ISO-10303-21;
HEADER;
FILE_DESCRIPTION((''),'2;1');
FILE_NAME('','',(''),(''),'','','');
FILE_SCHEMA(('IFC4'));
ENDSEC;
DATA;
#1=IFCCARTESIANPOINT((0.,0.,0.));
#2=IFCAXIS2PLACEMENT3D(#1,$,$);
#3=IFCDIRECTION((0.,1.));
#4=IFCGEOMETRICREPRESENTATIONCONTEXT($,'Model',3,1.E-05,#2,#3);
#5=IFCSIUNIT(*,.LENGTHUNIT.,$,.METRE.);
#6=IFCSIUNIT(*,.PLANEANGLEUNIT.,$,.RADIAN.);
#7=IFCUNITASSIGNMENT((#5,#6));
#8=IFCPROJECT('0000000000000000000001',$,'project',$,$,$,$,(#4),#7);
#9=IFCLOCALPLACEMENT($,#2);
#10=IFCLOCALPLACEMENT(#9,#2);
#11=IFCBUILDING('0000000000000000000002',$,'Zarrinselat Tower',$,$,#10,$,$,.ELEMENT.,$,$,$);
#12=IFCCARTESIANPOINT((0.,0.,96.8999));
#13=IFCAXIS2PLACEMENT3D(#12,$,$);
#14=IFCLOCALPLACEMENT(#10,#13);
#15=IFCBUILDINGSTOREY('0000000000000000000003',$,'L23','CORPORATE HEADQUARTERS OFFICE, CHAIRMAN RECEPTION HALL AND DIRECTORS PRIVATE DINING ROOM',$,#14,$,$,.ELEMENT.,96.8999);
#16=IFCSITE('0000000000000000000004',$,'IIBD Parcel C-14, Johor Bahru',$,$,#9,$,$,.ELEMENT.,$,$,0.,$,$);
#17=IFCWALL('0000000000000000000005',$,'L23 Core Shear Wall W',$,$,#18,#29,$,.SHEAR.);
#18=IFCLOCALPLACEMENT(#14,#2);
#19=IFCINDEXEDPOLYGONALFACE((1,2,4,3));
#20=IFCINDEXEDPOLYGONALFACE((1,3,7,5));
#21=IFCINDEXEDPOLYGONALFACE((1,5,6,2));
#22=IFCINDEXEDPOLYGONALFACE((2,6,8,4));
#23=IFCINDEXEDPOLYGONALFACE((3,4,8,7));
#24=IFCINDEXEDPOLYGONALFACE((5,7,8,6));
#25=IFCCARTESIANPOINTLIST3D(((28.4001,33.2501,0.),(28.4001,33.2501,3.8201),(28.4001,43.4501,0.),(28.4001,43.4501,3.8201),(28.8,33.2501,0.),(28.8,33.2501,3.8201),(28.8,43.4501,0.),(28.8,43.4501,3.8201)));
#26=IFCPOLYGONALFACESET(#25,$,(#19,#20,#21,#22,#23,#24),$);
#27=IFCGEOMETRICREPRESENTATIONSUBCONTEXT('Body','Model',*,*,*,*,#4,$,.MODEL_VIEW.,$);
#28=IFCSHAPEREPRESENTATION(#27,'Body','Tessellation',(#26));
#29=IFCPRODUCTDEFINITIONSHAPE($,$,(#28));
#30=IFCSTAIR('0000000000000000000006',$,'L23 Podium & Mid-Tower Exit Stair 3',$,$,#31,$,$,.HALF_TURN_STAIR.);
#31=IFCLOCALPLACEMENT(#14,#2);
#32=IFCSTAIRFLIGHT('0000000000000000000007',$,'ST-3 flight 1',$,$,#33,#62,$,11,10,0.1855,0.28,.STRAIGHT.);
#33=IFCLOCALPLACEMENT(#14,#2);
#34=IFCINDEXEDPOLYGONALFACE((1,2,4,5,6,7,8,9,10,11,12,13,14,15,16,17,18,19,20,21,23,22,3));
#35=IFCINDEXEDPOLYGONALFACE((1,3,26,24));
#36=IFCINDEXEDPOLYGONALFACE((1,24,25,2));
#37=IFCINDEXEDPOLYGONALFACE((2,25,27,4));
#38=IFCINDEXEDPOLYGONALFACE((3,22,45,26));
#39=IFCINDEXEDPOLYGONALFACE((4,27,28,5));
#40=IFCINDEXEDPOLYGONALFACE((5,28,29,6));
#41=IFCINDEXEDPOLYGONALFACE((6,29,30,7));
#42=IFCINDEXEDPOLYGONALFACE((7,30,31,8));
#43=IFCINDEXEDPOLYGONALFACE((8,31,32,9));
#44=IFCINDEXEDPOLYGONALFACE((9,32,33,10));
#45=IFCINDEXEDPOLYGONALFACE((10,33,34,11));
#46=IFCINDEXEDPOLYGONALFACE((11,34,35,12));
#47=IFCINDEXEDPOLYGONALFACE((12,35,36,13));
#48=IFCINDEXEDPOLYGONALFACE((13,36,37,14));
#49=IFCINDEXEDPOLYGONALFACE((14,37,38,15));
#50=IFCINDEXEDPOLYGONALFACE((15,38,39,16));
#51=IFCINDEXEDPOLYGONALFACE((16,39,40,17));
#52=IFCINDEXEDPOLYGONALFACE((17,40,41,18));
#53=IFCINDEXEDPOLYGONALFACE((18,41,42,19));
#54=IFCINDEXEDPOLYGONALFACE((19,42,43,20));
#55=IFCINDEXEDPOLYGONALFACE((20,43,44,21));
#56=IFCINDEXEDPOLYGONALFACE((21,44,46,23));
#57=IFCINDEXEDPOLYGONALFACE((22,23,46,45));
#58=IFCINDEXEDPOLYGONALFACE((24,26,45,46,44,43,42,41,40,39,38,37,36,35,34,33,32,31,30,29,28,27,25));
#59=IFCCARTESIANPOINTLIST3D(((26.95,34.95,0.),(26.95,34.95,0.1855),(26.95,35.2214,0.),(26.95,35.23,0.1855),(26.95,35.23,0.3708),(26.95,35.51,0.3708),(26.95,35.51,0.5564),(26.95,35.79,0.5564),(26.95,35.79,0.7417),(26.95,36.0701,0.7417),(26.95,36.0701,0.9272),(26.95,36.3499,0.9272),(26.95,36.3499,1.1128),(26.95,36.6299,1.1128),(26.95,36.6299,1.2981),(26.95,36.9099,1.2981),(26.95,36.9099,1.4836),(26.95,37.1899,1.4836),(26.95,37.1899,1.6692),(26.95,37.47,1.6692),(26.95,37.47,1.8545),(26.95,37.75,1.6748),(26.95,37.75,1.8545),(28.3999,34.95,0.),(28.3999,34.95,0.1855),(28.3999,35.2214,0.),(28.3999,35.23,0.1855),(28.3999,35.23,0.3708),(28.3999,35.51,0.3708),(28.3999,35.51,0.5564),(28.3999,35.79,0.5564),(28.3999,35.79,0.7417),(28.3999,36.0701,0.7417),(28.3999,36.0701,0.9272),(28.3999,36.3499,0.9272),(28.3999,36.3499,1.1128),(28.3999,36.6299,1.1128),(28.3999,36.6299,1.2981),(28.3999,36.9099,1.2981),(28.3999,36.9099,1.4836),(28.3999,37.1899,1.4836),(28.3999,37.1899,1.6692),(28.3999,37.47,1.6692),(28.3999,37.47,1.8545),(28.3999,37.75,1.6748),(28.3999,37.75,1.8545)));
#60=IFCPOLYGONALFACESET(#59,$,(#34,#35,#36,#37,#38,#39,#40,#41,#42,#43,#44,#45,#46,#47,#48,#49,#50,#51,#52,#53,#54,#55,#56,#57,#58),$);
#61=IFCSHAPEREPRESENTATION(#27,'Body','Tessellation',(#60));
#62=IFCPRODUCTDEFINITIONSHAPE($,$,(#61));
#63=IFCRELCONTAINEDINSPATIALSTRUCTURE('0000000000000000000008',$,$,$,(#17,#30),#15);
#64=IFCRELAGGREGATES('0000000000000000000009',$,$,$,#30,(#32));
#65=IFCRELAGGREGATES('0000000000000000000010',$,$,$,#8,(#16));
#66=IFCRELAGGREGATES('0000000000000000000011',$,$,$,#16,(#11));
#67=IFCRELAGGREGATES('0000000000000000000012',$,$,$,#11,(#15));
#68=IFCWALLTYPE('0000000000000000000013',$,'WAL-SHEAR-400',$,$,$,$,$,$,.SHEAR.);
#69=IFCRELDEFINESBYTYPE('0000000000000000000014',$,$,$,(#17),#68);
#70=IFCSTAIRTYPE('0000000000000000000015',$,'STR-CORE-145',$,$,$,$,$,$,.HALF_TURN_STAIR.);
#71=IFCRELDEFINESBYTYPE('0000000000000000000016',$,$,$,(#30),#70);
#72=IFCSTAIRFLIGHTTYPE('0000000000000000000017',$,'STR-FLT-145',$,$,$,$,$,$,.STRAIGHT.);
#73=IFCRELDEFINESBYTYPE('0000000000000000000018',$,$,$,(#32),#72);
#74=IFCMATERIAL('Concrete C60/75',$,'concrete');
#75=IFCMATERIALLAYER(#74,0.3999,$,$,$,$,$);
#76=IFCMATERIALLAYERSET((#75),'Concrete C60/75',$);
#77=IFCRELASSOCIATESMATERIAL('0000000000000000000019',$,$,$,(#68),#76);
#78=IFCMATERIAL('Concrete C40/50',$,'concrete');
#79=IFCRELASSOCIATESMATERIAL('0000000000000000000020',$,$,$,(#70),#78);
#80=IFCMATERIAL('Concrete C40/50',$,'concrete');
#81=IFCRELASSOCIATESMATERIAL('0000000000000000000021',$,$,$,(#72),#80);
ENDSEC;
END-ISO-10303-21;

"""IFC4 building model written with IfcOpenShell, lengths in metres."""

from ifc_helpers import new_model, si_unit, direction, frame, frame_2d, origin, place, context, subcontext, project, spatial, polyline, rectangle, outline, extrude, material, layer, layer_set, type_object, element, aggregate, save


model = new_model("IFC4")

# Units and contexts
model_context = context("Model", 3, precision=1e-05, world=origin(), true_north=direction((0.0, 1.0)))
body_context = subcontext(model_context, "Body", "Model", "MODEL_VIEW")
ifc_project = project(units=[si_unit("LENGTHUNIT", "METRE"), si_unit("PLANEANGLEUNIT", "RADIAN")], contexts=[model_context])

# Site, building, storey
site_placement = place(None, origin())
site = spatial("IfcSite", under=ifc_project, at=site_placement, Name="IIBD Parcel C-14, Johor Bahru", CompositionType="ELEMENT", RefElevation=0.0)
building_placement = place(site_placement, origin())
building = spatial("IfcBuilding", under=site, at=building_placement, Name="Zarrinselat Tower", CompositionType="ELEMENT")
storey_placement = place(building_placement, frame((0.0, 0.0, 96.8999)))
storey = spatial("IfcBuildingStorey", under=building, at=storey_placement, Name="L23", Description="CORPORATE HEADQUARTERS OFFICE, CHAIRMAN RECEPTION HALL AND DIRECTORS PRIVATE DINING ROOM", CompositionType="ELEMENT", Elevation=96.8999)

# Shared definitions
ifc_material_1 = material(Name="Concrete C60/75", Category="concrete")
ifc_layer_1 = layer(ifc_material_1, 0.3999)
ifc_layer_set_1 = layer_set([ifc_layer_1], Name="Concrete C60/75")
wall_type_1 = type_object("IfcWallType", Name="WAL-SHEAR-400", PredefinedType="SHEAR", material=ifc_layer_set_1)

# Wall
wall_1_placement = place(storey_placement, frame((28.6001, 33.25, 0.0), z_axis=(0.0, 0.0, 1.0), x_axis=(0.0, 1.0, 0.0)))
element("IfcWall", 1, at=wall_1_placement, inside=storey, type_object=wall_type_1, Name="L23 Core Shear Wall W", PredefinedType="SHEAR", context=body_context, shape_type="SweptSolid", body=[
    extrude(rectangle(XDim=10.2, YDim=0.3999, at=frame_2d((5.1001, 0.0))), origin(), (0.0, 0.0, 1.0), 3.8201),
])

# Stair, stair flight
ifc_material_2 = material(Name="Concrete C40/50", Category="concrete")
stair_type = type_object("IfcStairType", Name="STR-CORE-145", PredefinedType="HALF_TURN_STAIR", material=ifc_material_2)
stair_placement = place(storey_placement, origin())
stair = element("IfcStair", 2, at=stair_placement, inside=storey, type_object=stair_type, Name="L23 Podium & Mid-Tower Exit Stair 3", PredefinedType="HALF_TURN_STAIR")
ifc_material_3 = material(Name="Concrete C40/50", Category="concrete")
stair_flight_type = type_object("IfcStairFlightType", Name="STR-FLT-145", PredefinedType="STRAIGHT", material=ifc_material_3)
stair_flight_placement = place(storey_placement, frame((27.675, 34.95, 0.0), z_axis=(0.0, 0.0, 1.0), x_axis=(0.0, 1.0, 0.0)))
stair_flight = element("IfcStairFlight", 3, at=stair_flight_placement, type_object=stair_flight_type, Name="ST-3 flight 1", NumberOfRisers=11, NumberOfTreads=10, PredefinedType="STRAIGHT", RiserHeight=0.1855, TreadLength=0.28, context=body_context, shape_type="SweptSolid", body=[
    extrude(outline(polyline([(0.0, 0.0), (0.0, 0.1855), (0.28, 0.1855), (0.28, 0.3708), (0.5601, 0.3708), (0.5601, 0.5564), (0.8401, 0.5564), (0.8401, 0.7417), (1.1201, 0.7417), (1.1201, 0.9272), (1.3999, 0.9272), (1.3999, 1.1128), (1.6799, 1.1128), (1.6799, 1.2981), (1.96, 1.2981), (1.96, 1.4836), (2.24, 1.4836), (2.24, 1.6692), (2.52, 1.6692), (2.52, 1.8545), (2.8, 1.8545), (2.8, 2.04), (2.8, 1.6748), (0.2715, 0.0), (0.0, 0.0)])), frame((0.0, 0.7251, 0.0), z_axis=(0.0, -1.0, 0.0), x_axis=(1.0, 0.0, 0.0)), (0.0, 0.0, 1.0), 1.45),
])
aggregate(stair, [stair_flight])

save(model, "model.ifc")
